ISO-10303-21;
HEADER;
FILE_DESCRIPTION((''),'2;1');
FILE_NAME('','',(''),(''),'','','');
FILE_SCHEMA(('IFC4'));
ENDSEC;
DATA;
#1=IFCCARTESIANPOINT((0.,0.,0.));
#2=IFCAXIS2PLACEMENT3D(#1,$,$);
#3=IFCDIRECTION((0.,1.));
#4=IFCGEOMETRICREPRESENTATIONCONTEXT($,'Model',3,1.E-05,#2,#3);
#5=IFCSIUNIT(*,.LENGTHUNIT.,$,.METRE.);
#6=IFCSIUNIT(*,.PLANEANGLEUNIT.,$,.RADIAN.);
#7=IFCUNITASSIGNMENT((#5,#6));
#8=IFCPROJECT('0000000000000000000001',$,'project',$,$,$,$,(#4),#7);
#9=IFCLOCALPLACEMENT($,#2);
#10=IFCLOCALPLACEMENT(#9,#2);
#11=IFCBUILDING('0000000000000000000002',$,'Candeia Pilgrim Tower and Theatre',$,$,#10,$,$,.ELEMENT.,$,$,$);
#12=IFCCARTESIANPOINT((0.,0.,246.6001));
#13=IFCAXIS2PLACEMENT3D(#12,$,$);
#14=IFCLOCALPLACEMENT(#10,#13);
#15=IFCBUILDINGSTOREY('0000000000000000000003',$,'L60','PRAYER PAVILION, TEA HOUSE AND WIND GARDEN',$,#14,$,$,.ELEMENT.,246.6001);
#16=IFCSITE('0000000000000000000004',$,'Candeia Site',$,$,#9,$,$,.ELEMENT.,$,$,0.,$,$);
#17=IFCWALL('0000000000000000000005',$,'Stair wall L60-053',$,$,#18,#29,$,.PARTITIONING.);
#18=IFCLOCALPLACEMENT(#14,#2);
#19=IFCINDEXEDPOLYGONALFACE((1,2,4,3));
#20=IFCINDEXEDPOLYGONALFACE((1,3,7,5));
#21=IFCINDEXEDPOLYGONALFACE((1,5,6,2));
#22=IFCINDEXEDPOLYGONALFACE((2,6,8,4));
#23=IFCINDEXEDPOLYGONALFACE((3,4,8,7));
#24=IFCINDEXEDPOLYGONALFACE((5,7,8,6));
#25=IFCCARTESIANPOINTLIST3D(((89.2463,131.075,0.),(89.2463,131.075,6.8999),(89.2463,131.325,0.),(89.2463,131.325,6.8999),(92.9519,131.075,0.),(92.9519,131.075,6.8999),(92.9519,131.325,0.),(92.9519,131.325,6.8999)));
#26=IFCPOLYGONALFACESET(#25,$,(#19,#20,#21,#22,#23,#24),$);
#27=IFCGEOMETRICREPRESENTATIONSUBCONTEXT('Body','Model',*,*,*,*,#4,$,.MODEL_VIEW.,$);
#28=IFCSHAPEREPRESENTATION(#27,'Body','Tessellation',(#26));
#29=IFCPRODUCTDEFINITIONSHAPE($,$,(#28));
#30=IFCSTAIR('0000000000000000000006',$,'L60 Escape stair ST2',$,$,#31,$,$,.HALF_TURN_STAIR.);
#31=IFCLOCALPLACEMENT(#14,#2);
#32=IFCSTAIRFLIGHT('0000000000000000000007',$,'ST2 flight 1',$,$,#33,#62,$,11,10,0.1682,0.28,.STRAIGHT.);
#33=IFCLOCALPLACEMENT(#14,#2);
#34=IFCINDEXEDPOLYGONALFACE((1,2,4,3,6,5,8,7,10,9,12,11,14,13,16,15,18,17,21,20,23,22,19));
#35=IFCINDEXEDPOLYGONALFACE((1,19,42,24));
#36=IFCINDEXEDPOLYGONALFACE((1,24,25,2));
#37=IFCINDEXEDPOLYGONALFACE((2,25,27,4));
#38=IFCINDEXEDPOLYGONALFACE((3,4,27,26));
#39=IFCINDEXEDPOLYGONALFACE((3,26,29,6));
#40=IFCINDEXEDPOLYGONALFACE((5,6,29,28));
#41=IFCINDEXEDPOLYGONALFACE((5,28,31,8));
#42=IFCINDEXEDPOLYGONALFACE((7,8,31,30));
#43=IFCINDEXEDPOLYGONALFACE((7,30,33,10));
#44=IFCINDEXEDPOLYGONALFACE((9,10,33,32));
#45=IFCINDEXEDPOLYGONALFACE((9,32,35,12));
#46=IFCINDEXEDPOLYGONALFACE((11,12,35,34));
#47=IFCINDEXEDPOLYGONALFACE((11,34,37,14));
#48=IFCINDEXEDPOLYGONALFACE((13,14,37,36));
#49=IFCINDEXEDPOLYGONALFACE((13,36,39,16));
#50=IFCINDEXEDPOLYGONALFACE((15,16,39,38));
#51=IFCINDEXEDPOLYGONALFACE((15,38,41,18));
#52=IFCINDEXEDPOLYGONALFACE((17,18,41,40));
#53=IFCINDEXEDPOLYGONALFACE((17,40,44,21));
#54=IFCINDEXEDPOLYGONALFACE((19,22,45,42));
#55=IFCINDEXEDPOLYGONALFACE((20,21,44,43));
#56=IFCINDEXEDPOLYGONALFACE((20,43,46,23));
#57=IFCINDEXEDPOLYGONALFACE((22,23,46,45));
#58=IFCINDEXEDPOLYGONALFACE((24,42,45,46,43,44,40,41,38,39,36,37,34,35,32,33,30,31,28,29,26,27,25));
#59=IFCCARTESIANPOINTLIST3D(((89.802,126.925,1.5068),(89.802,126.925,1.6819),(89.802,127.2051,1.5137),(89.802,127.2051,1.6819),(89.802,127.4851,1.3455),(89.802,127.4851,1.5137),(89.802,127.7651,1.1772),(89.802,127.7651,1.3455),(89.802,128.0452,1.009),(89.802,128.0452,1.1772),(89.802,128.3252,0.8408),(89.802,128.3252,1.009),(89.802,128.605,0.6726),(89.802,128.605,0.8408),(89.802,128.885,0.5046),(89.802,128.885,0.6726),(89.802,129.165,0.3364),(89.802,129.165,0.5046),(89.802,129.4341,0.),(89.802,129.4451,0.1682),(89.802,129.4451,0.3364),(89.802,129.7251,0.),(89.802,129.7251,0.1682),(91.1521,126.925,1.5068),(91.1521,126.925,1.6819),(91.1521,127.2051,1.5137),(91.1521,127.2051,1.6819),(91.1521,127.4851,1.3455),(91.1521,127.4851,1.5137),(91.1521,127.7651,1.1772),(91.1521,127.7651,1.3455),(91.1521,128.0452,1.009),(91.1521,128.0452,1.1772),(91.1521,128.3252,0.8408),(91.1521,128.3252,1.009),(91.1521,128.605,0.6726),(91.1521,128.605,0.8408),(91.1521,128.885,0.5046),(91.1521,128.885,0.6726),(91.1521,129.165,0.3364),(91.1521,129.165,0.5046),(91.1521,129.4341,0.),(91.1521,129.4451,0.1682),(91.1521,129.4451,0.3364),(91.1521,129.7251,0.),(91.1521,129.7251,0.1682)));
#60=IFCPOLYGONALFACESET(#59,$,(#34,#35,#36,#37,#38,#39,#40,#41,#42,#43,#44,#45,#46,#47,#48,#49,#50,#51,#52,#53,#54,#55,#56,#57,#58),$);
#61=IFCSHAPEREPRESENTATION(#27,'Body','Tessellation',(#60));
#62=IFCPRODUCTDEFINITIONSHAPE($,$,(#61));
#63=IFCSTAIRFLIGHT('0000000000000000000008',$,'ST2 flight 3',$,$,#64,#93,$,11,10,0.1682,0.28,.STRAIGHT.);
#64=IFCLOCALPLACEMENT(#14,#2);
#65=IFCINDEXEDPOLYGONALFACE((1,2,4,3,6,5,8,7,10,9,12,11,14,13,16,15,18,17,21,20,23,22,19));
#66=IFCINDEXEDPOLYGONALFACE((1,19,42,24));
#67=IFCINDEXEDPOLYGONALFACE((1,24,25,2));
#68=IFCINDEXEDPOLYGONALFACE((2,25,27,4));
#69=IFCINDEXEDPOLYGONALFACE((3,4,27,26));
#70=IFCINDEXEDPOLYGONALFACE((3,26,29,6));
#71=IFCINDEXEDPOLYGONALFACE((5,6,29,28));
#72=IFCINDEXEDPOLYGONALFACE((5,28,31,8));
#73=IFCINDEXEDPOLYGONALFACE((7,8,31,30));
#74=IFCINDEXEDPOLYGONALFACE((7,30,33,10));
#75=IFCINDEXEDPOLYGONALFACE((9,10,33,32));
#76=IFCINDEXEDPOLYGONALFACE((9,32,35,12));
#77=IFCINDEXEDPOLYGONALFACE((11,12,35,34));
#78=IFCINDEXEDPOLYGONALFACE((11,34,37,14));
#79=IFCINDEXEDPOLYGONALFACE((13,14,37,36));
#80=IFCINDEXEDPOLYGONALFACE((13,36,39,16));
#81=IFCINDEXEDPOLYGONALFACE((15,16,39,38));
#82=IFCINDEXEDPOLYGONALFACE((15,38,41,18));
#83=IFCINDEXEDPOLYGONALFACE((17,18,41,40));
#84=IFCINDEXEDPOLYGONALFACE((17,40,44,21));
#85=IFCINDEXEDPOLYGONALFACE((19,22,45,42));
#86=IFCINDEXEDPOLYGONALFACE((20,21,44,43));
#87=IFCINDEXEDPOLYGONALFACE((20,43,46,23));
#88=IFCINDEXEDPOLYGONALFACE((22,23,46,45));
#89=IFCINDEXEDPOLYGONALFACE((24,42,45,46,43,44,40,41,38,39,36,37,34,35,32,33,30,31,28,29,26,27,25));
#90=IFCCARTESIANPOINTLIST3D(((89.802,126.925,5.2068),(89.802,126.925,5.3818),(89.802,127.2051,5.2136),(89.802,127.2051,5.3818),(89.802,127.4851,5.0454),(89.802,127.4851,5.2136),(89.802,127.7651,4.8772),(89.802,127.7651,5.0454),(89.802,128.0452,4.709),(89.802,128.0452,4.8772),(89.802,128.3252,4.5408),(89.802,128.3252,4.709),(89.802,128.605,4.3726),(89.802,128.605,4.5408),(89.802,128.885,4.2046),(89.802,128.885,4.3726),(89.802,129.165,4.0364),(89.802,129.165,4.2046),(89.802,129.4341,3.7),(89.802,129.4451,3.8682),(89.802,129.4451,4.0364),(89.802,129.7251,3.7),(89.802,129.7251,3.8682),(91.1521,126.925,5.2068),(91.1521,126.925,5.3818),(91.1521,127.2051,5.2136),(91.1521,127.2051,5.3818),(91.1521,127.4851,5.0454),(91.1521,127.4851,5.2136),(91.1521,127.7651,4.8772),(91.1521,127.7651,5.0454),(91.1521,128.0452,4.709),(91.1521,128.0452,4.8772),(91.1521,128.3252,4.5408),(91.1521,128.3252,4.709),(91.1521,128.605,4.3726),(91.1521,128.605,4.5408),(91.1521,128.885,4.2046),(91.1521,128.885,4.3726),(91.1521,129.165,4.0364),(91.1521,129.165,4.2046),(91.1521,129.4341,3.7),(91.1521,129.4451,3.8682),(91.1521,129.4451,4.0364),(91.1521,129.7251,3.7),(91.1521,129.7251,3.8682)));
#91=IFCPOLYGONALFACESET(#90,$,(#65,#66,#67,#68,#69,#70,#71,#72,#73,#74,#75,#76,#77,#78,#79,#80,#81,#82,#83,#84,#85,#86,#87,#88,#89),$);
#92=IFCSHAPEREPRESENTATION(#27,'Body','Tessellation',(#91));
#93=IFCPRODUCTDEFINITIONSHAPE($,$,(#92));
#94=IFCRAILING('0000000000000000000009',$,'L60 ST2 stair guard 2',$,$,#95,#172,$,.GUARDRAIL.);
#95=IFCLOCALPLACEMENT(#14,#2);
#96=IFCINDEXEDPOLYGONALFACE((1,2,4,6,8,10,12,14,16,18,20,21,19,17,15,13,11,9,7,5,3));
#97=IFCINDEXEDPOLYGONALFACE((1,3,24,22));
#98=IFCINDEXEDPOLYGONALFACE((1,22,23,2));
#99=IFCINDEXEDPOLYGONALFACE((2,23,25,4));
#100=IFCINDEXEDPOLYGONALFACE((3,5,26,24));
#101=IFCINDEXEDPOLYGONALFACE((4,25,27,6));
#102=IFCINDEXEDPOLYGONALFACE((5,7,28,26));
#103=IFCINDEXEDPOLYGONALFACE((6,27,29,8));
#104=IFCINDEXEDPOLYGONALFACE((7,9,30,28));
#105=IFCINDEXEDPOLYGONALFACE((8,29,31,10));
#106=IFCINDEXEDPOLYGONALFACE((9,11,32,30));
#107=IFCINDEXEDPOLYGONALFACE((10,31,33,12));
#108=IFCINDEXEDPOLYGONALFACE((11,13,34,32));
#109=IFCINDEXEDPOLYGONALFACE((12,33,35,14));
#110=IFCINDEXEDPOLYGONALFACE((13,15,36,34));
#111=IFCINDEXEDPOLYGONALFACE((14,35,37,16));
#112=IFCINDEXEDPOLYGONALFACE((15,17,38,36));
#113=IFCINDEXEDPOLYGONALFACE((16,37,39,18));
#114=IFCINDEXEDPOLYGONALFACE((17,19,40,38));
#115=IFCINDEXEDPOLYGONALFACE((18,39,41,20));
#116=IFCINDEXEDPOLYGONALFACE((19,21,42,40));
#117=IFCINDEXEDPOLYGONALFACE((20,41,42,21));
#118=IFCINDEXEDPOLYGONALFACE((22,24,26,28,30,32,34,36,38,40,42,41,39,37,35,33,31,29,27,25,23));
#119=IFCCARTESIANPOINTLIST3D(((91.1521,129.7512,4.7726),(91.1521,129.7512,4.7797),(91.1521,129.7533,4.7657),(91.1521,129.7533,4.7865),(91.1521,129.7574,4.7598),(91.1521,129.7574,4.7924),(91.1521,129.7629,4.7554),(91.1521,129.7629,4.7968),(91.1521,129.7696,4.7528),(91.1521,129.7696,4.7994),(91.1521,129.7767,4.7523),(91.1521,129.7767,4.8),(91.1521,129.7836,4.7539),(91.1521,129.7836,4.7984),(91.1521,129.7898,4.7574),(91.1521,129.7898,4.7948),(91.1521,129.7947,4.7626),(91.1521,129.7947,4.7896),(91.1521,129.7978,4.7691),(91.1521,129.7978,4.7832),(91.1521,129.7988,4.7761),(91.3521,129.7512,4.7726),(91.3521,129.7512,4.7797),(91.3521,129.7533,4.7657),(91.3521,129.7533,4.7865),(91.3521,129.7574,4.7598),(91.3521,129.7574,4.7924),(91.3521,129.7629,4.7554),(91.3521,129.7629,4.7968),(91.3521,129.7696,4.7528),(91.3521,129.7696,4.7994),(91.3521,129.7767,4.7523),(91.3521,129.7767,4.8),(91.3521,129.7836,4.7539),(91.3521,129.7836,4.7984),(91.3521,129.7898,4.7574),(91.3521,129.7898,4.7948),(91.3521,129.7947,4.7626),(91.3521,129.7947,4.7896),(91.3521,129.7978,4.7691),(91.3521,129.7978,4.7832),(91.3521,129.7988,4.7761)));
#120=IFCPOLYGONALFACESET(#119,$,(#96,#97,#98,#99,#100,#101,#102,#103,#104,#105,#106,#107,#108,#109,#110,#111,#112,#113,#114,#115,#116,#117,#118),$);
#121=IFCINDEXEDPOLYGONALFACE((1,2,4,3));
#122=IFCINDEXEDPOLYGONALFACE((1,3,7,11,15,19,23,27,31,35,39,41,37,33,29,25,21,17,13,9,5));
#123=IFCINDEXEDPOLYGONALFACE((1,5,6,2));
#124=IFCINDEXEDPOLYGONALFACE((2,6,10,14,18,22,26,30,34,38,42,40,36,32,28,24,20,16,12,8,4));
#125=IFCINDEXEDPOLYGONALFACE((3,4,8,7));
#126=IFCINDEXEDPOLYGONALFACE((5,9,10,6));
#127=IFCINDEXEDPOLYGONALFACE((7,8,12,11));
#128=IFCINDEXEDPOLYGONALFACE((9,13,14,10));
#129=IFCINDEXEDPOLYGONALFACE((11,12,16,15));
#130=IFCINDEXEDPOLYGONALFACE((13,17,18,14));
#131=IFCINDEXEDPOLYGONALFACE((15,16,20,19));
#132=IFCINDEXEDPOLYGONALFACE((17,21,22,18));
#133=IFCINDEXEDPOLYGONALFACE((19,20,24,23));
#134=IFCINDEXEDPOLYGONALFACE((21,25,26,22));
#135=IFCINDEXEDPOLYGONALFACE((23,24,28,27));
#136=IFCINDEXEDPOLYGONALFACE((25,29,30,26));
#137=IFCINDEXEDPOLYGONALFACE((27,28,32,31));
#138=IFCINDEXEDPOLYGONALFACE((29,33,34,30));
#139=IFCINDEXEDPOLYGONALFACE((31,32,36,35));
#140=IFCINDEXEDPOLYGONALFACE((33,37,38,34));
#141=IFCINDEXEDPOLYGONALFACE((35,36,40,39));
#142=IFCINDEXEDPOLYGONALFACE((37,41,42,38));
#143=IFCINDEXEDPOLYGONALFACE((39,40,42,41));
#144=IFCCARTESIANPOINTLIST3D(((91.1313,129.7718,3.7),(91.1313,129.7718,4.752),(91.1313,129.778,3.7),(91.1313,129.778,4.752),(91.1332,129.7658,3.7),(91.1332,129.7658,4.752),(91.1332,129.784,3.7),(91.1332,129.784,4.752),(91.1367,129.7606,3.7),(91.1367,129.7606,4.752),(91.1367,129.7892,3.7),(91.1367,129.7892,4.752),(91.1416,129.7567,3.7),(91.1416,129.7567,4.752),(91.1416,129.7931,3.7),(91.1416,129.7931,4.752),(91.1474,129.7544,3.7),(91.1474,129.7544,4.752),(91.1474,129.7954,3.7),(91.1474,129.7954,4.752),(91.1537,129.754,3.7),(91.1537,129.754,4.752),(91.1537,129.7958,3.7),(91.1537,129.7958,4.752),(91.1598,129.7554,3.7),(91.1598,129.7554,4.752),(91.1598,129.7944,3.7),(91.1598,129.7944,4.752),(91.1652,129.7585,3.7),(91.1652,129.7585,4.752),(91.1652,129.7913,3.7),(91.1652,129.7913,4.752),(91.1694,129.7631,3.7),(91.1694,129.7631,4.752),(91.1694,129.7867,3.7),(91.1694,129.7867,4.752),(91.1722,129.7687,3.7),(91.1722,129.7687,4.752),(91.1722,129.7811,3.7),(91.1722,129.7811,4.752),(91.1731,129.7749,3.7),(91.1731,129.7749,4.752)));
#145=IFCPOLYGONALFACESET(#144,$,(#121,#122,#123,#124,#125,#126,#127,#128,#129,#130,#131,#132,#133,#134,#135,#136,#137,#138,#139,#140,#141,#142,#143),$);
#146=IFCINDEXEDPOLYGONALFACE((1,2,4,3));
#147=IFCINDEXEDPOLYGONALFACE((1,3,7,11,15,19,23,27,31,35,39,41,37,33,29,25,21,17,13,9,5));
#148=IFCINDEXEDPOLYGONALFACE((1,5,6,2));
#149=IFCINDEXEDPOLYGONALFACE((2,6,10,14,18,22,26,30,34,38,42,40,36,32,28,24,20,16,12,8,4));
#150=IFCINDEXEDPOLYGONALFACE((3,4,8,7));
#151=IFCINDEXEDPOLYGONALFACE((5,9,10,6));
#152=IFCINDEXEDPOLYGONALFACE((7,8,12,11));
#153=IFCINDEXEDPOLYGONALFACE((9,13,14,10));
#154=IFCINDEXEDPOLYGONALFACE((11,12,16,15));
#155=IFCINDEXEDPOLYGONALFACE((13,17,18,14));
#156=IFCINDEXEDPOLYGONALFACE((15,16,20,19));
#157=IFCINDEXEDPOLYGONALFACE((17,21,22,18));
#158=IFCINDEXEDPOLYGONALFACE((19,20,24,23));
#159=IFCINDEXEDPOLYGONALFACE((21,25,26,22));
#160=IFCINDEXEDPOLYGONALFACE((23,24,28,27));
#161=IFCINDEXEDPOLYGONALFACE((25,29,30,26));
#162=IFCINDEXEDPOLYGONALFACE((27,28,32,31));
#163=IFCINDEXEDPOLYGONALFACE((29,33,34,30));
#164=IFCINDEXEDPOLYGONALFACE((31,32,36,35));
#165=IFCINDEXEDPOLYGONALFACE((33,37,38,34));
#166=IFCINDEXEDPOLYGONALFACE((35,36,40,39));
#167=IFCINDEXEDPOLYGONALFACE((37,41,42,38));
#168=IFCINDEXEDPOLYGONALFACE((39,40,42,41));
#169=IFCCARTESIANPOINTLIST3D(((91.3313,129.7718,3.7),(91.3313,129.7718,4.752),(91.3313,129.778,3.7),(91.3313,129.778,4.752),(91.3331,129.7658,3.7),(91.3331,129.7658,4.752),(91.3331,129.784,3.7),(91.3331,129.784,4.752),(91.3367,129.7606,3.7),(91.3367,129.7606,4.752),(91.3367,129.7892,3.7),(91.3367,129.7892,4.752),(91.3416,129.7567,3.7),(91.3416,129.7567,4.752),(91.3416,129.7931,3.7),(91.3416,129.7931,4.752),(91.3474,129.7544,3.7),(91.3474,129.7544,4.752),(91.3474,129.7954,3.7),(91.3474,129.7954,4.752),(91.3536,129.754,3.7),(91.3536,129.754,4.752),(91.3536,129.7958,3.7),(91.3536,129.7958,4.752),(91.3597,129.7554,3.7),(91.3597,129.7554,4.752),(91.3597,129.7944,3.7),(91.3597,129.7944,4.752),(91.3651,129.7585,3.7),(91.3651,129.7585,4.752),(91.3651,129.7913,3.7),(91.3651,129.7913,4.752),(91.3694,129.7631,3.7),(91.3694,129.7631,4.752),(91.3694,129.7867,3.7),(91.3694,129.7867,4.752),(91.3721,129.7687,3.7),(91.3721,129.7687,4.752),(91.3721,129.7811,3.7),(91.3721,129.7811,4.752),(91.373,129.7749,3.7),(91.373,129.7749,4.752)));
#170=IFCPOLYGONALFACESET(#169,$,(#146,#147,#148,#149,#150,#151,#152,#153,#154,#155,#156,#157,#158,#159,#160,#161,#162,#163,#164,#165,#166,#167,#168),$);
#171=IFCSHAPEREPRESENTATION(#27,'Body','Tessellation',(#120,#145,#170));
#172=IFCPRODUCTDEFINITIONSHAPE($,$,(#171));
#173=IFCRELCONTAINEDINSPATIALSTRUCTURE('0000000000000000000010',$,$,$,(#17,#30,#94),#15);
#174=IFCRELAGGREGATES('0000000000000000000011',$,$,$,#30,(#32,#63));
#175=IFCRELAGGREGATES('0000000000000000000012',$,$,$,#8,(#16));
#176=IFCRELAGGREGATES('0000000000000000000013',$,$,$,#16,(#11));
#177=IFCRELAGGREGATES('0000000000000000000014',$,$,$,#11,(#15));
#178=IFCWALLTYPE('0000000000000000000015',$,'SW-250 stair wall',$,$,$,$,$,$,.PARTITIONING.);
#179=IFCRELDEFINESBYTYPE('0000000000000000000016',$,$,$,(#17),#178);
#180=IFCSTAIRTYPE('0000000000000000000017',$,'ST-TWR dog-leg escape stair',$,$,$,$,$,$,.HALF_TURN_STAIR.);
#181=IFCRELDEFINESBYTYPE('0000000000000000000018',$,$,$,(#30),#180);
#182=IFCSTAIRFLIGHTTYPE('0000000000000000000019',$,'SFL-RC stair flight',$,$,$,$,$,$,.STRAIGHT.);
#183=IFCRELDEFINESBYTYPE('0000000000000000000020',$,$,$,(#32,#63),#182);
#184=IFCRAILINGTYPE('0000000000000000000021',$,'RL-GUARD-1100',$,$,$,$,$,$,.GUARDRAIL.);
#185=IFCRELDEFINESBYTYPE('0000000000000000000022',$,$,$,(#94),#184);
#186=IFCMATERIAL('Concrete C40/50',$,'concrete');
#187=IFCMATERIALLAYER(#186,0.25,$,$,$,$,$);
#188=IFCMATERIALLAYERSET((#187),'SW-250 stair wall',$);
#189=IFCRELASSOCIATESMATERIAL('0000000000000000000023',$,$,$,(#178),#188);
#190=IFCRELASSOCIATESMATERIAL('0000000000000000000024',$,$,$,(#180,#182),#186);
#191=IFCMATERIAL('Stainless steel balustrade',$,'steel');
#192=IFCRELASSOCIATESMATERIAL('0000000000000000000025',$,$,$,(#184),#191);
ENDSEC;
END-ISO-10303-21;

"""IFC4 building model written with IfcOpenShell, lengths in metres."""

from ifc_helpers import new_model, si_unit, direction, frame, frame_2d, origin, origin_2d, place, context, subcontext, project, spatial, polyline, rectangle, circle, outline, extrude, material, layer, layer_set, type_object, element, aggregate, save


model = new_model("IFC4")

# Units and contexts
model_context = context("Model", 3, precision=1e-05, world=origin(), true_north=direction((0.0, 1.0)))
body_context = subcontext(model_context, "Body", "Model", "MODEL_VIEW")
ifc_project = project(units=[si_unit("LENGTHUNIT", "METRE"), si_unit("PLANEANGLEUNIT", "RADIAN")], contexts=[model_context])

# Site, building, storey
site_placement = place(None, origin())
site = spatial("IfcSite", under=ifc_project, at=site_placement, Name="Candeia Site", CompositionType="ELEMENT", RefElevation=0.0)
building_placement = place(site_placement, origin())
building = spatial("IfcBuilding", under=site, at=building_placement, Name="Candeia Pilgrim Tower and Theatre", CompositionType="ELEMENT")
storey_placement = place(building_placement, frame((0.0, 0.0, 246.6001)))
storey = spatial("IfcBuildingStorey", under=building, at=storey_placement, Name="L60", Description="PRAYER PAVILION, TEA HOUSE AND WIND GARDEN", CompositionType="ELEMENT", Elevation=246.6001)

# Shared definitions
ifc_material_1 = material(Name="Concrete C40/50", Category="concrete")

# Wall
ifc_layer_1 = layer(ifc_material_1, 0.25)
ifc_layer_set_1 = layer_set([ifc_layer_1], Name="SW-250 stair wall")
wall_type_1 = type_object("IfcWallType", Name="SW-250 stair wall", PredefinedType="PARTITIONING", material=ifc_layer_set_1)
wall_1_placement = place(storey_placement, frame((89.2463, 131.2, 0.0), z_axis=(0.0, 0.0, 1.0), x_axis=(1.0, 0.0, 0.0)))
element("IfcWall", 1, at=wall_1_placement, inside=storey, type_object=wall_type_1, Name="Stair wall L60-053", PredefinedType="PARTITIONING", context=body_context, shape_type="SweptSolid", body=[
    extrude(rectangle(XDim=3.7056, YDim=0.25, at=frame_2d((1.8528, 0.0))), origin(), (0.0, 0.0, 1.0), 6.8999),
])

# Stair, stair flights
stair_type = type_object("IfcStairType", Name="ST-TWR dog-leg escape stair", PredefinedType="HALF_TURN_STAIR", material=ifc_material_1)
stair_placement = place(storey_placement, origin())
stair = element("IfcStair", 2, at=stair_placement, inside=storey, type_object=stair_type, Name="L60 Escape stair ST2", PredefinedType="HALF_TURN_STAIR")
stair_flight_type = type_object("IfcStairFlightType", Name="SFL-RC stair flight", PredefinedType="STRAIGHT", material=ifc_material_1)
stair_flight_1_placement = place(storey_placement, frame((90.4771, 129.7251, 0.0), z_axis=(0.0, 0.0, 1.0), x_axis=(0.0, -1.0, 0.0)))
stair_flight_1 = element("IfcStairFlight", 3, at=stair_flight_1_placement, type_object=stair_flight_type, Name="ST2 flight 1", NumberOfRisers=11, NumberOfTreads=10, PredefinedType="STRAIGHT", RiserHeight=0.1682, TreadLength=0.28, context=body_context, shape_type="SweptSolid", body=[
    extrude(outline(polyline([(0.0, 0.0), (0.0, 0.1682), (0.28, 0.1682), (0.28, 0.3364), (0.5601, 0.3364), (0.5601, 0.5046), (0.8401, 0.5046), (0.8401, 0.6726), (1.1201, 0.6726), (1.1201, 0.8408), (1.3999, 0.8408), (1.3999, 1.009), (1.6799, 1.009), (1.6799, 1.1772), (1.96, 1.1772), (1.96, 1.3455), (2.24, 1.3455), (2.24, 1.5137), (2.52, 1.5137), (2.52, 1.6819), (2.8, 1.6819), (2.8, 1.8501), (2.8, 1.5068), (0.291, 0.0), (0.0, 0.0)])), frame((0.0, 0.675, 0.0), z_axis=(0.0, -1.0, 0.0), x_axis=(1.0, 0.0, 0.0)), (0.0, 0.0, 1.0), 1.3501),
])
stair_flight_2_placement = place(storey_placement, frame((90.4771, 129.7251, 3.7), z_axis=(0.0, 0.0, 1.0), x_axis=(0.0, -1.0, 0.0)))
stair_flight_2 = element("IfcStairFlight", 4, at=stair_flight_2_placement, type_object=stair_flight_type, Name="ST2 flight 3", NumberOfRisers=11, NumberOfTreads=10, PredefinedType="STRAIGHT", RiserHeight=0.1682, TreadLength=0.28, context=body_context, shape_type="SweptSolid", body=[
    extrude(outline(polyline([(0.0, 0.0), (0.0, 0.1682), (0.28, 0.1682), (0.28, 0.3364), (0.5601, 0.3364), (0.5601, 0.5046), (0.8401, 0.5046), (0.8401, 0.6726), (1.1201, 0.6726), (1.1201, 0.8408), (1.3999, 0.8408), (1.3999, 1.009), (1.6799, 1.009), (1.6799, 1.1772), (1.96, 1.1772), (1.96, 1.3455), (2.24, 1.3455), (2.24, 1.5137), (2.52, 1.5137), (2.52, 1.6819), (2.8, 1.6819), (2.8, 1.8501), (2.8, 1.5068), (0.291, 0.0), (0.0, 0.0)])), frame((0.0, 0.675, 0.0), z_axis=(0.0, -1.0, 0.0), x_axis=(1.0, 0.0, 0.0)), (0.0, 0.0, 1.0), 1.3501),
])
aggregate(stair, [stair_flight_1, stair_flight_2])

# Railing
ifc_material_2 = material(Name="Stainless steel balustrade", Category="steel")
railing_type_1 = type_object("IfcRailingType", Name="RL-GUARD-1100", PredefinedType="GUARDRAIL", material=ifc_material_2)
railing_1_placement = place(storey_placement, frame((91.1521, 129.7749, 3.7)))
element("IfcRailing", 5, at=railing_1_placement, inside=storey, type_object=railing_type_1, Name="L60 ST2 stair guard 2", PredefinedType="GUARDRAIL", context=body_context, shape_type="SweptSolid", body=[
    extrude(circle(Radius=0.0239, at=origin_2d()), frame((0.0, 0.0, 1.0762), z_axis=(1.0, 0.0, 0.0), x_axis=(0.0, 1.0, 0.0)), (0.0, 0.0, 1.0), 0.2),
    extrude(circle(Radius=0.021, at=origin_2d()), origin(), (0.0, 0.0, 1.0), 1.052),
    extrude(circle(Radius=0.021, at=origin_2d()), frame((0.2, 0.0, 0.0)), (0.0, 0.0, 1.0), 1.052),
])

save(model, "model.ifc")
